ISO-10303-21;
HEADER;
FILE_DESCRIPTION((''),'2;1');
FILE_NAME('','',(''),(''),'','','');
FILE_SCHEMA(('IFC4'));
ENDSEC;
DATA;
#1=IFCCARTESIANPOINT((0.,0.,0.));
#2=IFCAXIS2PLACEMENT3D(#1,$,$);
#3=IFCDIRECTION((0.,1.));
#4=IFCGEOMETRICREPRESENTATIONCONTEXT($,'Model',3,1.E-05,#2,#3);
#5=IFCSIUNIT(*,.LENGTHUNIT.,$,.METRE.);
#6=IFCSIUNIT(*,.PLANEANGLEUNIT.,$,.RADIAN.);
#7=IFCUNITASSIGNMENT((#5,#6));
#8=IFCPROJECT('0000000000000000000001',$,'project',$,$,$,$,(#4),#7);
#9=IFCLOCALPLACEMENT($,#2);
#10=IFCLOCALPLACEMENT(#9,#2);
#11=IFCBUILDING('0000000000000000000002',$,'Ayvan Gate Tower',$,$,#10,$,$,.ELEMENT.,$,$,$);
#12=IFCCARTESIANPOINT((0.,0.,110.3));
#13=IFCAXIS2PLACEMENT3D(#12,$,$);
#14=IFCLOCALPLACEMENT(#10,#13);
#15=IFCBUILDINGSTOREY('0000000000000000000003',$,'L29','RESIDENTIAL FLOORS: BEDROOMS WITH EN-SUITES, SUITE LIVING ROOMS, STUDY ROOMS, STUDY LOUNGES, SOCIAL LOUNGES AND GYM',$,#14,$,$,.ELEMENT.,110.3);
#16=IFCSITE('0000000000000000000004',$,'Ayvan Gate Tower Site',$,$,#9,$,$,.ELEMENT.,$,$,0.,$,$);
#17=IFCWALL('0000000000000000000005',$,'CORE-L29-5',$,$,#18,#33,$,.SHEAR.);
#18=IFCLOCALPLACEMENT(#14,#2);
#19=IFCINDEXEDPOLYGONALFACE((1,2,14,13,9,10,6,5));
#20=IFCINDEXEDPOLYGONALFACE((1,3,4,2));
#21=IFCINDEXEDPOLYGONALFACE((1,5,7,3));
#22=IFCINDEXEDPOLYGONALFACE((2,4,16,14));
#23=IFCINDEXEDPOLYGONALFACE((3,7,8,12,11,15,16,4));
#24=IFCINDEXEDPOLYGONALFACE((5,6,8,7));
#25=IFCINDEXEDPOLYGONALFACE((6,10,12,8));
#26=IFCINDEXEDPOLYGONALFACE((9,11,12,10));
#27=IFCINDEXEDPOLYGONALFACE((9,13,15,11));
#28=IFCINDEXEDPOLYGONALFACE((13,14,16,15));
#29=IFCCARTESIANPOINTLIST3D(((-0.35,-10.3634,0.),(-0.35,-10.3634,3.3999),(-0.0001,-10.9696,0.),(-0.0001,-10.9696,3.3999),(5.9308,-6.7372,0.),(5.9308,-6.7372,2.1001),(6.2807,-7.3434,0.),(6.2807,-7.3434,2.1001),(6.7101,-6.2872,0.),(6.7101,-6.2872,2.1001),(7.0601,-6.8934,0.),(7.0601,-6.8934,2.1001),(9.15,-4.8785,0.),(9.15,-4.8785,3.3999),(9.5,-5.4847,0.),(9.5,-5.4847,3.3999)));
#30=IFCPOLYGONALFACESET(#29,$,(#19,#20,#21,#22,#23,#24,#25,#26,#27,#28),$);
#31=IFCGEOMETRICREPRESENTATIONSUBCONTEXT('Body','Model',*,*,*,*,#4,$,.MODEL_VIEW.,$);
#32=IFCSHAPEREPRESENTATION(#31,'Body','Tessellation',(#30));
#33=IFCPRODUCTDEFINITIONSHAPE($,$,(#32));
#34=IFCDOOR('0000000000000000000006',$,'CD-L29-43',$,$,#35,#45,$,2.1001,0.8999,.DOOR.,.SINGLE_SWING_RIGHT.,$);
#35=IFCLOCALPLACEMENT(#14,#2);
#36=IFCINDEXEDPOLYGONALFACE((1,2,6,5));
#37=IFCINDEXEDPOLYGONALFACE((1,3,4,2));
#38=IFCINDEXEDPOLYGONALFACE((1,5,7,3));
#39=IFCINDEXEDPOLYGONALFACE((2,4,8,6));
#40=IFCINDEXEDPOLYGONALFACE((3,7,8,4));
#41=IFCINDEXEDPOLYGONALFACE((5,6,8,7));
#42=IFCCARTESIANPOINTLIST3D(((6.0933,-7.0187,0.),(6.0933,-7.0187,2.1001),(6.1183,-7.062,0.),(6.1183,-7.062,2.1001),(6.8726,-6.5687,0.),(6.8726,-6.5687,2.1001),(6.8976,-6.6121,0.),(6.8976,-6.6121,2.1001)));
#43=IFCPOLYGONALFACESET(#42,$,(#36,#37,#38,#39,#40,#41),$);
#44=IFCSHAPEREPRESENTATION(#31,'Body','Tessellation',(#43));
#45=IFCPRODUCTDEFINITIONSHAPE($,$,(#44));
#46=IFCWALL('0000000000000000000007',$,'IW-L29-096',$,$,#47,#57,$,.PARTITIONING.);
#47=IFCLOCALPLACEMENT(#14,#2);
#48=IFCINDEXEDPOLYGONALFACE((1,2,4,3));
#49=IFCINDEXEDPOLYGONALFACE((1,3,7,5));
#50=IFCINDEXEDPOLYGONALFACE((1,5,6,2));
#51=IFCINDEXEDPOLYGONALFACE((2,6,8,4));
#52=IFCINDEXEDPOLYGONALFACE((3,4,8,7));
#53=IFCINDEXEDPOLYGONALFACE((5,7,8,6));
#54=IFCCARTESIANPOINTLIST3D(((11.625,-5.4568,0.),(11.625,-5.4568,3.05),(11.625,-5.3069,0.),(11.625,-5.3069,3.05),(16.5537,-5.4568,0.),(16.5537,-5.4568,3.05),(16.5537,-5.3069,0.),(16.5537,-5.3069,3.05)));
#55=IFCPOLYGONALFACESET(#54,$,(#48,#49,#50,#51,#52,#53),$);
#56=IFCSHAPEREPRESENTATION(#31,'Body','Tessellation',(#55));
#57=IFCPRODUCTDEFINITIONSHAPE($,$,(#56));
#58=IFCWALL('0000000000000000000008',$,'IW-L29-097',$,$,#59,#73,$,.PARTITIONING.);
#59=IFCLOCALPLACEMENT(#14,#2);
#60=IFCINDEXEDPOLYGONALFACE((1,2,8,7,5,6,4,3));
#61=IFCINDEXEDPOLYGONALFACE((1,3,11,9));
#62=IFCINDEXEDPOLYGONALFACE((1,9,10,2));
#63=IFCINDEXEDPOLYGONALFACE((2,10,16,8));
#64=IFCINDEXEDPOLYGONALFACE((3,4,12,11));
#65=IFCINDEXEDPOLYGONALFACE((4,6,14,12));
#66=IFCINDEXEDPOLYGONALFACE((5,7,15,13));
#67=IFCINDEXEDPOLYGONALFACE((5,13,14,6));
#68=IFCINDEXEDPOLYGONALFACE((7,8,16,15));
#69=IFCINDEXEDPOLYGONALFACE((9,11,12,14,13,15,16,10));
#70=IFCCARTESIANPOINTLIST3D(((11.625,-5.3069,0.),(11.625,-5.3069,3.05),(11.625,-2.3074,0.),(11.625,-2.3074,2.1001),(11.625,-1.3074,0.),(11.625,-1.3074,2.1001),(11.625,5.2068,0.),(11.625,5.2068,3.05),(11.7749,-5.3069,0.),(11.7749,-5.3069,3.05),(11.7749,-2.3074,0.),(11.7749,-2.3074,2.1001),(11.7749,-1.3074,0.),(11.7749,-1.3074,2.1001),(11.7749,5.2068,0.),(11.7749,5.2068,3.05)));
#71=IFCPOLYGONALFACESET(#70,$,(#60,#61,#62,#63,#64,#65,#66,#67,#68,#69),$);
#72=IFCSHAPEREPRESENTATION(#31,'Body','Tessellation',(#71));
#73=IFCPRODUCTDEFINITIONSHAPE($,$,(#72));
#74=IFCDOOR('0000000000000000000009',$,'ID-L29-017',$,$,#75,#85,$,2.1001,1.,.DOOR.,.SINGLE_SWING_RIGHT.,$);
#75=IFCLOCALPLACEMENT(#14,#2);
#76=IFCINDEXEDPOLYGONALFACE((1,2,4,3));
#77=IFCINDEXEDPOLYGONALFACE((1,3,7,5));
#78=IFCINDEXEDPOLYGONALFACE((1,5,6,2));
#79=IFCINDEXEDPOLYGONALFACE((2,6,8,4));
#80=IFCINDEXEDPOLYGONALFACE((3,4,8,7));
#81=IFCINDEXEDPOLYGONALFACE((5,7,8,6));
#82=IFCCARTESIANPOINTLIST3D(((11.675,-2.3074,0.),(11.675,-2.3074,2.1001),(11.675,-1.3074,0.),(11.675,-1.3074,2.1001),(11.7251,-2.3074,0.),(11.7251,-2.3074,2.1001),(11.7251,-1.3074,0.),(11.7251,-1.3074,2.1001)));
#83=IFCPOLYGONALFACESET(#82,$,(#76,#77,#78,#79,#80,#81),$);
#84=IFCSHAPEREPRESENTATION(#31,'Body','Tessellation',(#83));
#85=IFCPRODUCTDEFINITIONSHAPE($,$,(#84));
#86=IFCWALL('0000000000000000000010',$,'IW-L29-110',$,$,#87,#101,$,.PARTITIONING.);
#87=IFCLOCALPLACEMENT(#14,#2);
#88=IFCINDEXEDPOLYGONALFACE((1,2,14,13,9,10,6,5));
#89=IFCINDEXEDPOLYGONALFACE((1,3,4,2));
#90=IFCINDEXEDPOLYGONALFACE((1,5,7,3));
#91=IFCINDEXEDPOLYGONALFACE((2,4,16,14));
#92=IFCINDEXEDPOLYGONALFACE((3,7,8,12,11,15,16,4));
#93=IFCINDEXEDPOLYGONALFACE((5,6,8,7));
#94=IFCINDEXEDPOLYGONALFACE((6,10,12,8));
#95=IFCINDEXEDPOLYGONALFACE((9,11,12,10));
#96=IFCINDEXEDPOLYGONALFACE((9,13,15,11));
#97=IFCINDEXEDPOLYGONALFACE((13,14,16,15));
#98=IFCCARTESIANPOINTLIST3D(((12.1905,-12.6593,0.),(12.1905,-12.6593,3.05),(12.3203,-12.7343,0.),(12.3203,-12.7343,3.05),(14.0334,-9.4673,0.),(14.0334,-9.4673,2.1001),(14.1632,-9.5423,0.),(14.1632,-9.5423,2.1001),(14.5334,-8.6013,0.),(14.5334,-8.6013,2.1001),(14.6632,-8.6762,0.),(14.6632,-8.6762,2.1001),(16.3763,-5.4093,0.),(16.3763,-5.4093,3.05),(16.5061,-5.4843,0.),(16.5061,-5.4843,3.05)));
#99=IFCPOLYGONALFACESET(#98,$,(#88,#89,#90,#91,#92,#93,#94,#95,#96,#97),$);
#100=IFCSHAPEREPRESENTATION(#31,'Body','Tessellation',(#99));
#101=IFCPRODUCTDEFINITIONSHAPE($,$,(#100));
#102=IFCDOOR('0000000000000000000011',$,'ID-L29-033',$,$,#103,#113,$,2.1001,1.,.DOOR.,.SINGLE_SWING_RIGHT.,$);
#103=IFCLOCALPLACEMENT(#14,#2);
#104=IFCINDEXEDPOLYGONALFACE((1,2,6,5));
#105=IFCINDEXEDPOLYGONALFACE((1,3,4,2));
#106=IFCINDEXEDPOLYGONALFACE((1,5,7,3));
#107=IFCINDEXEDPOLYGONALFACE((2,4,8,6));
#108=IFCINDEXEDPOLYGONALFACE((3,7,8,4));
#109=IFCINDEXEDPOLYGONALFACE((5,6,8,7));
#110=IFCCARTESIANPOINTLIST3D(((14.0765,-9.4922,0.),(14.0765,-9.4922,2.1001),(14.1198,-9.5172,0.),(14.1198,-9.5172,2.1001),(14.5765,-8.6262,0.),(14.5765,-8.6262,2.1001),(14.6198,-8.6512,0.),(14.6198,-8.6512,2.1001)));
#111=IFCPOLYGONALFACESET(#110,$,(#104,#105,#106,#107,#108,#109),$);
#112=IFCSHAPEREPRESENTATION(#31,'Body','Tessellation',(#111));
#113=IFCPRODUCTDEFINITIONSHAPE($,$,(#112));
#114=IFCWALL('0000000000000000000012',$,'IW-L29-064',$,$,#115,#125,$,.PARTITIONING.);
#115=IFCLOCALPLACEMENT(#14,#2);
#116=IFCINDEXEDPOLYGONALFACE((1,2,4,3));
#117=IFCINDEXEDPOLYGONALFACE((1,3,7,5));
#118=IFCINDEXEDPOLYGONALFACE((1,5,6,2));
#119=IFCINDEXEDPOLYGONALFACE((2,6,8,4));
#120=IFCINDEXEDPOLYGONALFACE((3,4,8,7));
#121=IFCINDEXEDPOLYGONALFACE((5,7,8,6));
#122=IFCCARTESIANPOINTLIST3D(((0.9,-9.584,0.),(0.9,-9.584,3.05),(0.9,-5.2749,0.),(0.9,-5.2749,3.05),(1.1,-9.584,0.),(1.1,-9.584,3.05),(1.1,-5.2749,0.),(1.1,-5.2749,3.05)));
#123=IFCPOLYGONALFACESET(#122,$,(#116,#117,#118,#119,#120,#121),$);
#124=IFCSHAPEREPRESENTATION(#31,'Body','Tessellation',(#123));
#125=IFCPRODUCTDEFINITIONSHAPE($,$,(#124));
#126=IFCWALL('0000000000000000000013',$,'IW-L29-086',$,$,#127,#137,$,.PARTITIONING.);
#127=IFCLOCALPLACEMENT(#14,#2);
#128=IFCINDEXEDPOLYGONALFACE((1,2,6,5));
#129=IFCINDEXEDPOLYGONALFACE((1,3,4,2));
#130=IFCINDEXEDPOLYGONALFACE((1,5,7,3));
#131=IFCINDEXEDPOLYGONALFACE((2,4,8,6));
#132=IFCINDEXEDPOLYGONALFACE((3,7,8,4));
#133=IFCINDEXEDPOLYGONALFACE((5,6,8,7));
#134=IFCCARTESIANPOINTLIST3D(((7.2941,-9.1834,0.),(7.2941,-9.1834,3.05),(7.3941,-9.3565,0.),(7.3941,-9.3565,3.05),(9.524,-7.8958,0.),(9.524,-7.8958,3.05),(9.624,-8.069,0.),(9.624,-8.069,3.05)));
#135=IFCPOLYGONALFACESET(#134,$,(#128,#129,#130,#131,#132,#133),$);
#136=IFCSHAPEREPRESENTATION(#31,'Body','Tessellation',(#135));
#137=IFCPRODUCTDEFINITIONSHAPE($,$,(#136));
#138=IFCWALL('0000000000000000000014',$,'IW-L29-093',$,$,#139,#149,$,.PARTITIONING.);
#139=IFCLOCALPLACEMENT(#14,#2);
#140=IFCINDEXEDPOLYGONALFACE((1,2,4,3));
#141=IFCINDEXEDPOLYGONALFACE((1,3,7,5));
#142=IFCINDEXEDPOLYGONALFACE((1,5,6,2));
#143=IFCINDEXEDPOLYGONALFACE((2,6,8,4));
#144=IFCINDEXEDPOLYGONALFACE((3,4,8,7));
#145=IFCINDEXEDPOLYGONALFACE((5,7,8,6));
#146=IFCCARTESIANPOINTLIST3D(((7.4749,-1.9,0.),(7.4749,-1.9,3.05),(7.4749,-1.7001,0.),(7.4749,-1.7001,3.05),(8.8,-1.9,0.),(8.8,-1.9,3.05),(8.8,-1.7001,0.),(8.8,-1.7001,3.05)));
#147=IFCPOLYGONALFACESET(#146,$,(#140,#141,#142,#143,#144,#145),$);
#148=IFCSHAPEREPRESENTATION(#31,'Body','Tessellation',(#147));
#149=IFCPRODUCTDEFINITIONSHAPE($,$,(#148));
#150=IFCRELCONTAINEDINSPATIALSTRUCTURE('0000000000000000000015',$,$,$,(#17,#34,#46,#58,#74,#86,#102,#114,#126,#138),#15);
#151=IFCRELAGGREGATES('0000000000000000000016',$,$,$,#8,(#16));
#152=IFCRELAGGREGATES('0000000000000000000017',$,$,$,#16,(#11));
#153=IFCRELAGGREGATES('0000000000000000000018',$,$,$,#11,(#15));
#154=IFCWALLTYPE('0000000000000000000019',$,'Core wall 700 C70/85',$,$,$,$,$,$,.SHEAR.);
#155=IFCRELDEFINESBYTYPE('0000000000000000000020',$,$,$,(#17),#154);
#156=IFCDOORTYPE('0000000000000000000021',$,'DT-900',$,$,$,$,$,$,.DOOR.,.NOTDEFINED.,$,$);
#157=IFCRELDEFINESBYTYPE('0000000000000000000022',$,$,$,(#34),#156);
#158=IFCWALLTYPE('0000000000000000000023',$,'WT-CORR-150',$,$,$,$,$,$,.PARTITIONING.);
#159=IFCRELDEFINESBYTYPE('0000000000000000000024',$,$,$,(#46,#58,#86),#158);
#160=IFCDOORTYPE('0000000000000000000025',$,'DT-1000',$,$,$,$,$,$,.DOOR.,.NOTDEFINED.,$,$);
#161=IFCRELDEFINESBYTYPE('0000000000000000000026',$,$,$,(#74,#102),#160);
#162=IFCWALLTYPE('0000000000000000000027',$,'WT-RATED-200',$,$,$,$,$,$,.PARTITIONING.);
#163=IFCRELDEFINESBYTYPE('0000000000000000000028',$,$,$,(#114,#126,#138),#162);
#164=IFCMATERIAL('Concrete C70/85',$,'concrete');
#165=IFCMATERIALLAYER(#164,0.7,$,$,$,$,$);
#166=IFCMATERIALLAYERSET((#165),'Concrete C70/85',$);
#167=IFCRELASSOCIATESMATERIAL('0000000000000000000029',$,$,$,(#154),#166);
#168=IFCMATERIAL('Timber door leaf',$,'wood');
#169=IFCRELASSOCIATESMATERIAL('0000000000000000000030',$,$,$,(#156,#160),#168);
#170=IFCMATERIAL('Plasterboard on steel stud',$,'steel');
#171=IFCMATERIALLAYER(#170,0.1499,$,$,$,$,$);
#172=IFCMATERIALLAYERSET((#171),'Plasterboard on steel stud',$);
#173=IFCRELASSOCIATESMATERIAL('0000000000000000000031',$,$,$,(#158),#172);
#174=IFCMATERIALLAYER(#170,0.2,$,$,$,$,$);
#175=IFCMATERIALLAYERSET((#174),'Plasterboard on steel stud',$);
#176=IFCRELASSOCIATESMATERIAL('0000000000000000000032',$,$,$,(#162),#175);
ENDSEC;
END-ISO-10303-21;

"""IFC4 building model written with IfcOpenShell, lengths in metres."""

from ifc_helpers import new_model, si_unit, direction, frame, frame_2d, origin, place, context, subcontext, project, spatial, rectangle, extrude, material, layer, layer_set, type_object, element, fill, save


model = new_model("IFC4")

# Units and contexts
model_context = context("Model", 3, precision=1e-05, world=origin(), true_north=direction((0.0, 1.0)))
body_context = subcontext(model_context, "Body", "Model", "MODEL_VIEW")
ifc_project = project(units=[si_unit("LENGTHUNIT", "METRE"), si_unit("PLANEANGLEUNIT", "RADIAN")], contexts=[model_context])

# Site, building, storey
site_placement = place(None, origin())
site = spatial("IfcSite", under=ifc_project, at=site_placement, Name="Ayvan Gate Tower Site", CompositionType="ELEMENT", RefElevation=0.0)
building_placement = place(site_placement, origin())
building = spatial("IfcBuilding", under=site, at=building_placement, Name="Ayvan Gate Tower", CompositionType="ELEMENT")
storey_placement = place(building_placement, frame((0.0, 0.0, 110.3)))
storey = spatial("IfcBuildingStorey", under=building, at=storey_placement, Name="L29", Description="RESIDENTIAL FLOORS: BEDROOMS WITH EN-SUITES, SUITE LIVING ROOMS, STUDY ROOMS, STUDY LOUNGES, SOCIAL LOUNGES AND GYM", CompositionType="ELEMENT", Elevation=110.3)

# Wall, opening, door
ifc_material_1 = material(Name="Concrete C70/85", Category="concrete")
ifc_layer_1 = layer(ifc_material_1, 0.7)
ifc_layer_set_1 = layer_set([ifc_layer_1], Name="Concrete C70/85")
wall_type_1 = type_object("IfcWallType", Name="Core wall 700 C70/85", PredefinedType="SHEAR", material=ifc_layer_set_1)
ifc_material_2 = material(Name="Timber door leaf", Category="wood")
wall_1_placement = place(storey_placement, frame((-0.175, -10.6665, 0.0), z_axis=(0.0, 0.0, 1.0), x_axis=(0.866024, 0.500002, 0.0)))
wall_1 = element("IfcWall", 1, at=wall_1_placement, inside=storey, type_object=wall_type_1, Name="CORE-L29-5", PredefinedType="SHEAR", context=body_context, shape_type="SweptSolid", body=[
    extrude(rectangle(XDim=10.9697, YDim=0.7, at=frame_2d((5.4849, 0.0))), origin(), (0.0, 0.0, 1.0), 3.3999),
])
opening_1_placement = place(wall_1_placement, frame((7.2524, 0.0, 0.0)))
opening_1 = element("IfcOpeningElement", 2, at=opening_1_placement, cuts=wall_1, PredefinedType="OPENING", context=body_context, shape_type="SweptSolid", body=[
    extrude(rectangle(XDim=0.8999, YDim=2.1001, at=frame_2d((0.45, 1.05))), frame((0.0, 0.3599, 0.0), z_axis=(0.0, -1.0, 0.0), x_axis=(1.0, 0.0, 0.0)), (0.0, 0.0, 1.0), 0.72),
])
door_type_1 = type_object("IfcDoorType", Name="DT-900", OperationType="NOTDEFINED", PredefinedType="DOOR", material=ifc_material_2)
door_1_placement = place(opening_1_placement, origin())
door_1 = element("IfcDoor", 3, at=door_1_placement, inside=storey, type_object=door_type_1, Name="CD-L29-43", OperationType="SINGLE_SWING_RIGHT", OverallHeight=2.1001, OverallWidth=0.8999, PredefinedType="DOOR", context=body_context, shape_type="SweptSolid", body=[
    extrude(rectangle(XDim=0.8999, YDim=2.1001, at=frame_2d((0.45, 1.05))), frame((0.0, 0.0249, 0.0), z_axis=(0.0, -1.0, 0.0), x_axis=(1.0, 0.0, 0.0)), (0.0, 0.0, 1.0), 0.05),
])
fill(opening_1, door_1)

# Wall
ifc_material_3 = material(Name="Plasterboard on steel stud", Category="steel")
ifc_layer_2 = layer(ifc_material_3, 0.1499)
ifc_layer_set_2 = layer_set([ifc_layer_2], Name="Plasterboard on steel stud")
wall_type_2 = type_object("IfcWallType", Name="WT-CORR-150", PredefinedType="PARTITIONING", material=ifc_layer_set_2)
wall_2_placement = place(storey_placement, frame((11.625, -5.3818, 0.0), z_axis=(0.0, 0.0, 1.0), x_axis=(1.0, 0.0, 0.0)))
element("IfcWall", 4, at=wall_2_placement, inside=storey, type_object=wall_type_2, Name="IW-L29-096", PredefinedType="PARTITIONING", context=body_context, shape_type="SweptSolid", body=[
    extrude(rectangle(XDim=4.9287, YDim=0.1499, at=frame_2d((2.4644, 0.0))), origin(), (0.0, 0.0, 1.0), 3.05),
])

# Walls, openings, doors
wall_3_placement = place(storey_placement, frame((11.7, -5.3069, 0.0), z_axis=(0.0, 0.0, 1.0), x_axis=(0.0, 1.0, 0.0)))
wall_3 = element("IfcWall", 5, at=wall_3_placement, inside=storey, type_object=wall_type_2, Name="IW-L29-097", PredefinedType="PARTITIONING", context=body_context, shape_type="SweptSolid", body=[
    extrude(rectangle(XDim=10.5137, YDim=0.1499, at=frame_2d((5.2568, 0.0))), origin(), (0.0, 0.0, 1.0), 3.05),
])
opening_2_placement = place(wall_3_placement, frame((2.9995, 0.0, 0.0)))
opening_2 = element("IfcOpeningElement", 6, at=opening_2_placement, cuts=wall_3, PredefinedType="OPENING", context=body_context, shape_type="SweptSolid", body=[
    extrude(rectangle(XDim=1.0, YDim=2.1001, at=frame_2d((0.5, 1.05))), frame((0.0, 0.085, 0.0), z_axis=(0.0, -1.0, 0.0), x_axis=(1.0, 0.0, 0.0)), (0.0, 0.0, 1.0), 0.1699),
])
door_type_2 = type_object("IfcDoorType", Name="DT-1000", OperationType="NOTDEFINED", PredefinedType="DOOR", material=ifc_material_2)
door_2_placement = place(opening_2_placement, origin())
door_2 = element("IfcDoor", 7, at=door_2_placement, inside=storey, type_object=door_type_2, Name="ID-L29-017", OperationType="SINGLE_SWING_RIGHT", OverallHeight=2.1001, OverallWidth=1.0, PredefinedType="DOOR", context=body_context, shape_type="SweptSolid", body=[
    extrude(rectangle(XDim=1.0, YDim=2.1001, at=frame_2d((0.5, 1.05))), frame((0.0, 0.0249, 0.0), z_axis=(0.0, -1.0, 0.0), x_axis=(1.0, 0.0, 0.0)), (0.0, 0.0, 1.0), 0.05),
])
fill(opening_2, door_2)
wall_4_placement = place(storey_placement, frame((16.4412, -5.4468, 0.0), z_axis=(0.0, 0.0, 1.0), x_axis=(-0.5, -0.866025, 0.0)))
wall_4 = element("IfcWall", 8, at=wall_4_placement, inside=storey, type_object=wall_type_2, Name="IW-L29-110", PredefinedType="PARTITIONING", context=body_context, shape_type="SweptSolid", body=[
    extrude(rectangle(XDim=8.3716, YDim=0.1499, at=frame_2d((4.1858, 0.0))), origin(), (0.0, 0.0, 1.0), 3.05),
])
opening_3_placement = place(wall_4_placement, frame((3.6858, 0.0, 0.0)))
opening_3 = element("IfcOpeningElement", 9, at=opening_3_placement, cuts=wall_4, PredefinedType="OPENING", context=body_context, shape_type="SweptSolid", body=[
    extrude(rectangle(XDim=1.0, YDim=2.1001, at=frame_2d((0.5, 1.05))), frame((0.0, 0.085, 0.0), z_axis=(0.0, -1.0, 0.0), x_axis=(1.0, 0.0, 0.0)), (0.0, 0.0, 1.0), 0.1699),
])
door_3_placement = place(opening_3_placement, origin())
door_3 = element("IfcDoor", 10, at=door_3_placement, inside=storey, type_object=door_type_2, Name="ID-L29-033", OperationType="SINGLE_SWING_RIGHT", OverallHeight=2.1001, OverallWidth=1.0, PredefinedType="DOOR", context=body_context, shape_type="SweptSolid", body=[
    extrude(rectangle(XDim=1.0, YDim=2.1001, at=frame_2d((0.5, 1.05))), frame((0.0, 0.0249, 0.0), z_axis=(0.0, -1.0, 0.0), x_axis=(1.0, 0.0, 0.0)), (0.0, 0.0, 1.0), 0.05),
])
fill(opening_3, door_3)

# Walls
ifc_layer_3 = layer(ifc_material_3, 0.2)
ifc_layer_set_3 = layer_set([ifc_layer_3], Name="Plasterboard on steel stud")
wall_type_3 = type_object("IfcWallType", Name="WT-RATED-200", PredefinedType="PARTITIONING", material=ifc_layer_set_3)
wall_5_placement = place(storey_placement, frame((1.0, -5.2749, 0.0), z_axis=(0.0, 0.0, 1.0), x_axis=(0.0, -1.0, 0.0)))
element("IfcWall", 11, at=wall_5_placement, inside=storey, type_object=wall_type_3, Name="IW-L29-064", PredefinedType="PARTITIONING", context=body_context, shape_type="SweptSolid", body=[
    extrude(rectangle(XDim=4.3091, YDim=0.2, at=frame_2d((2.1545, 0.0))), origin(), (0.0, 0.0, 1.0), 3.05),
])
wall_6_placement = place(storey_placement, frame((7.344, -9.27, 0.0), z_axis=(0.0, 0.0, 1.0), x_axis=(0.866006, 0.500034, 0.0)))
element("IfcWall", 12, at=wall_6_placement, inside=storey, type_object=wall_type_3, Name="IW-L29-086", PredefinedType="PARTITIONING", context=body_context, shape_type="SweptSolid", body=[
    extrude(rectangle(XDim=2.575, YDim=0.2, at=frame_2d((1.2876, 0.0))), origin(), (0.0, 0.0, 1.0), 3.05),
])
wall_7_placement = place(storey_placement, frame((8.8, -1.8, 0.0), z_axis=(0.0, 0.0, 1.0), x_axis=(-1.0, 0.0, 0.0)))
element("IfcWall", 13, at=wall_7_placement, inside=storey, type_object=wall_type_3, Name="IW-L29-093", PredefinedType="PARTITIONING", context=body_context, shape_type="SweptSolid", body=[
    extrude(rectangle(XDim=1.3252, YDim=0.2, at=frame_2d((0.6626, 0.0))), origin(), (0.0, 0.0, 1.0), 3.05),
])

save(model, "model.ifc")
